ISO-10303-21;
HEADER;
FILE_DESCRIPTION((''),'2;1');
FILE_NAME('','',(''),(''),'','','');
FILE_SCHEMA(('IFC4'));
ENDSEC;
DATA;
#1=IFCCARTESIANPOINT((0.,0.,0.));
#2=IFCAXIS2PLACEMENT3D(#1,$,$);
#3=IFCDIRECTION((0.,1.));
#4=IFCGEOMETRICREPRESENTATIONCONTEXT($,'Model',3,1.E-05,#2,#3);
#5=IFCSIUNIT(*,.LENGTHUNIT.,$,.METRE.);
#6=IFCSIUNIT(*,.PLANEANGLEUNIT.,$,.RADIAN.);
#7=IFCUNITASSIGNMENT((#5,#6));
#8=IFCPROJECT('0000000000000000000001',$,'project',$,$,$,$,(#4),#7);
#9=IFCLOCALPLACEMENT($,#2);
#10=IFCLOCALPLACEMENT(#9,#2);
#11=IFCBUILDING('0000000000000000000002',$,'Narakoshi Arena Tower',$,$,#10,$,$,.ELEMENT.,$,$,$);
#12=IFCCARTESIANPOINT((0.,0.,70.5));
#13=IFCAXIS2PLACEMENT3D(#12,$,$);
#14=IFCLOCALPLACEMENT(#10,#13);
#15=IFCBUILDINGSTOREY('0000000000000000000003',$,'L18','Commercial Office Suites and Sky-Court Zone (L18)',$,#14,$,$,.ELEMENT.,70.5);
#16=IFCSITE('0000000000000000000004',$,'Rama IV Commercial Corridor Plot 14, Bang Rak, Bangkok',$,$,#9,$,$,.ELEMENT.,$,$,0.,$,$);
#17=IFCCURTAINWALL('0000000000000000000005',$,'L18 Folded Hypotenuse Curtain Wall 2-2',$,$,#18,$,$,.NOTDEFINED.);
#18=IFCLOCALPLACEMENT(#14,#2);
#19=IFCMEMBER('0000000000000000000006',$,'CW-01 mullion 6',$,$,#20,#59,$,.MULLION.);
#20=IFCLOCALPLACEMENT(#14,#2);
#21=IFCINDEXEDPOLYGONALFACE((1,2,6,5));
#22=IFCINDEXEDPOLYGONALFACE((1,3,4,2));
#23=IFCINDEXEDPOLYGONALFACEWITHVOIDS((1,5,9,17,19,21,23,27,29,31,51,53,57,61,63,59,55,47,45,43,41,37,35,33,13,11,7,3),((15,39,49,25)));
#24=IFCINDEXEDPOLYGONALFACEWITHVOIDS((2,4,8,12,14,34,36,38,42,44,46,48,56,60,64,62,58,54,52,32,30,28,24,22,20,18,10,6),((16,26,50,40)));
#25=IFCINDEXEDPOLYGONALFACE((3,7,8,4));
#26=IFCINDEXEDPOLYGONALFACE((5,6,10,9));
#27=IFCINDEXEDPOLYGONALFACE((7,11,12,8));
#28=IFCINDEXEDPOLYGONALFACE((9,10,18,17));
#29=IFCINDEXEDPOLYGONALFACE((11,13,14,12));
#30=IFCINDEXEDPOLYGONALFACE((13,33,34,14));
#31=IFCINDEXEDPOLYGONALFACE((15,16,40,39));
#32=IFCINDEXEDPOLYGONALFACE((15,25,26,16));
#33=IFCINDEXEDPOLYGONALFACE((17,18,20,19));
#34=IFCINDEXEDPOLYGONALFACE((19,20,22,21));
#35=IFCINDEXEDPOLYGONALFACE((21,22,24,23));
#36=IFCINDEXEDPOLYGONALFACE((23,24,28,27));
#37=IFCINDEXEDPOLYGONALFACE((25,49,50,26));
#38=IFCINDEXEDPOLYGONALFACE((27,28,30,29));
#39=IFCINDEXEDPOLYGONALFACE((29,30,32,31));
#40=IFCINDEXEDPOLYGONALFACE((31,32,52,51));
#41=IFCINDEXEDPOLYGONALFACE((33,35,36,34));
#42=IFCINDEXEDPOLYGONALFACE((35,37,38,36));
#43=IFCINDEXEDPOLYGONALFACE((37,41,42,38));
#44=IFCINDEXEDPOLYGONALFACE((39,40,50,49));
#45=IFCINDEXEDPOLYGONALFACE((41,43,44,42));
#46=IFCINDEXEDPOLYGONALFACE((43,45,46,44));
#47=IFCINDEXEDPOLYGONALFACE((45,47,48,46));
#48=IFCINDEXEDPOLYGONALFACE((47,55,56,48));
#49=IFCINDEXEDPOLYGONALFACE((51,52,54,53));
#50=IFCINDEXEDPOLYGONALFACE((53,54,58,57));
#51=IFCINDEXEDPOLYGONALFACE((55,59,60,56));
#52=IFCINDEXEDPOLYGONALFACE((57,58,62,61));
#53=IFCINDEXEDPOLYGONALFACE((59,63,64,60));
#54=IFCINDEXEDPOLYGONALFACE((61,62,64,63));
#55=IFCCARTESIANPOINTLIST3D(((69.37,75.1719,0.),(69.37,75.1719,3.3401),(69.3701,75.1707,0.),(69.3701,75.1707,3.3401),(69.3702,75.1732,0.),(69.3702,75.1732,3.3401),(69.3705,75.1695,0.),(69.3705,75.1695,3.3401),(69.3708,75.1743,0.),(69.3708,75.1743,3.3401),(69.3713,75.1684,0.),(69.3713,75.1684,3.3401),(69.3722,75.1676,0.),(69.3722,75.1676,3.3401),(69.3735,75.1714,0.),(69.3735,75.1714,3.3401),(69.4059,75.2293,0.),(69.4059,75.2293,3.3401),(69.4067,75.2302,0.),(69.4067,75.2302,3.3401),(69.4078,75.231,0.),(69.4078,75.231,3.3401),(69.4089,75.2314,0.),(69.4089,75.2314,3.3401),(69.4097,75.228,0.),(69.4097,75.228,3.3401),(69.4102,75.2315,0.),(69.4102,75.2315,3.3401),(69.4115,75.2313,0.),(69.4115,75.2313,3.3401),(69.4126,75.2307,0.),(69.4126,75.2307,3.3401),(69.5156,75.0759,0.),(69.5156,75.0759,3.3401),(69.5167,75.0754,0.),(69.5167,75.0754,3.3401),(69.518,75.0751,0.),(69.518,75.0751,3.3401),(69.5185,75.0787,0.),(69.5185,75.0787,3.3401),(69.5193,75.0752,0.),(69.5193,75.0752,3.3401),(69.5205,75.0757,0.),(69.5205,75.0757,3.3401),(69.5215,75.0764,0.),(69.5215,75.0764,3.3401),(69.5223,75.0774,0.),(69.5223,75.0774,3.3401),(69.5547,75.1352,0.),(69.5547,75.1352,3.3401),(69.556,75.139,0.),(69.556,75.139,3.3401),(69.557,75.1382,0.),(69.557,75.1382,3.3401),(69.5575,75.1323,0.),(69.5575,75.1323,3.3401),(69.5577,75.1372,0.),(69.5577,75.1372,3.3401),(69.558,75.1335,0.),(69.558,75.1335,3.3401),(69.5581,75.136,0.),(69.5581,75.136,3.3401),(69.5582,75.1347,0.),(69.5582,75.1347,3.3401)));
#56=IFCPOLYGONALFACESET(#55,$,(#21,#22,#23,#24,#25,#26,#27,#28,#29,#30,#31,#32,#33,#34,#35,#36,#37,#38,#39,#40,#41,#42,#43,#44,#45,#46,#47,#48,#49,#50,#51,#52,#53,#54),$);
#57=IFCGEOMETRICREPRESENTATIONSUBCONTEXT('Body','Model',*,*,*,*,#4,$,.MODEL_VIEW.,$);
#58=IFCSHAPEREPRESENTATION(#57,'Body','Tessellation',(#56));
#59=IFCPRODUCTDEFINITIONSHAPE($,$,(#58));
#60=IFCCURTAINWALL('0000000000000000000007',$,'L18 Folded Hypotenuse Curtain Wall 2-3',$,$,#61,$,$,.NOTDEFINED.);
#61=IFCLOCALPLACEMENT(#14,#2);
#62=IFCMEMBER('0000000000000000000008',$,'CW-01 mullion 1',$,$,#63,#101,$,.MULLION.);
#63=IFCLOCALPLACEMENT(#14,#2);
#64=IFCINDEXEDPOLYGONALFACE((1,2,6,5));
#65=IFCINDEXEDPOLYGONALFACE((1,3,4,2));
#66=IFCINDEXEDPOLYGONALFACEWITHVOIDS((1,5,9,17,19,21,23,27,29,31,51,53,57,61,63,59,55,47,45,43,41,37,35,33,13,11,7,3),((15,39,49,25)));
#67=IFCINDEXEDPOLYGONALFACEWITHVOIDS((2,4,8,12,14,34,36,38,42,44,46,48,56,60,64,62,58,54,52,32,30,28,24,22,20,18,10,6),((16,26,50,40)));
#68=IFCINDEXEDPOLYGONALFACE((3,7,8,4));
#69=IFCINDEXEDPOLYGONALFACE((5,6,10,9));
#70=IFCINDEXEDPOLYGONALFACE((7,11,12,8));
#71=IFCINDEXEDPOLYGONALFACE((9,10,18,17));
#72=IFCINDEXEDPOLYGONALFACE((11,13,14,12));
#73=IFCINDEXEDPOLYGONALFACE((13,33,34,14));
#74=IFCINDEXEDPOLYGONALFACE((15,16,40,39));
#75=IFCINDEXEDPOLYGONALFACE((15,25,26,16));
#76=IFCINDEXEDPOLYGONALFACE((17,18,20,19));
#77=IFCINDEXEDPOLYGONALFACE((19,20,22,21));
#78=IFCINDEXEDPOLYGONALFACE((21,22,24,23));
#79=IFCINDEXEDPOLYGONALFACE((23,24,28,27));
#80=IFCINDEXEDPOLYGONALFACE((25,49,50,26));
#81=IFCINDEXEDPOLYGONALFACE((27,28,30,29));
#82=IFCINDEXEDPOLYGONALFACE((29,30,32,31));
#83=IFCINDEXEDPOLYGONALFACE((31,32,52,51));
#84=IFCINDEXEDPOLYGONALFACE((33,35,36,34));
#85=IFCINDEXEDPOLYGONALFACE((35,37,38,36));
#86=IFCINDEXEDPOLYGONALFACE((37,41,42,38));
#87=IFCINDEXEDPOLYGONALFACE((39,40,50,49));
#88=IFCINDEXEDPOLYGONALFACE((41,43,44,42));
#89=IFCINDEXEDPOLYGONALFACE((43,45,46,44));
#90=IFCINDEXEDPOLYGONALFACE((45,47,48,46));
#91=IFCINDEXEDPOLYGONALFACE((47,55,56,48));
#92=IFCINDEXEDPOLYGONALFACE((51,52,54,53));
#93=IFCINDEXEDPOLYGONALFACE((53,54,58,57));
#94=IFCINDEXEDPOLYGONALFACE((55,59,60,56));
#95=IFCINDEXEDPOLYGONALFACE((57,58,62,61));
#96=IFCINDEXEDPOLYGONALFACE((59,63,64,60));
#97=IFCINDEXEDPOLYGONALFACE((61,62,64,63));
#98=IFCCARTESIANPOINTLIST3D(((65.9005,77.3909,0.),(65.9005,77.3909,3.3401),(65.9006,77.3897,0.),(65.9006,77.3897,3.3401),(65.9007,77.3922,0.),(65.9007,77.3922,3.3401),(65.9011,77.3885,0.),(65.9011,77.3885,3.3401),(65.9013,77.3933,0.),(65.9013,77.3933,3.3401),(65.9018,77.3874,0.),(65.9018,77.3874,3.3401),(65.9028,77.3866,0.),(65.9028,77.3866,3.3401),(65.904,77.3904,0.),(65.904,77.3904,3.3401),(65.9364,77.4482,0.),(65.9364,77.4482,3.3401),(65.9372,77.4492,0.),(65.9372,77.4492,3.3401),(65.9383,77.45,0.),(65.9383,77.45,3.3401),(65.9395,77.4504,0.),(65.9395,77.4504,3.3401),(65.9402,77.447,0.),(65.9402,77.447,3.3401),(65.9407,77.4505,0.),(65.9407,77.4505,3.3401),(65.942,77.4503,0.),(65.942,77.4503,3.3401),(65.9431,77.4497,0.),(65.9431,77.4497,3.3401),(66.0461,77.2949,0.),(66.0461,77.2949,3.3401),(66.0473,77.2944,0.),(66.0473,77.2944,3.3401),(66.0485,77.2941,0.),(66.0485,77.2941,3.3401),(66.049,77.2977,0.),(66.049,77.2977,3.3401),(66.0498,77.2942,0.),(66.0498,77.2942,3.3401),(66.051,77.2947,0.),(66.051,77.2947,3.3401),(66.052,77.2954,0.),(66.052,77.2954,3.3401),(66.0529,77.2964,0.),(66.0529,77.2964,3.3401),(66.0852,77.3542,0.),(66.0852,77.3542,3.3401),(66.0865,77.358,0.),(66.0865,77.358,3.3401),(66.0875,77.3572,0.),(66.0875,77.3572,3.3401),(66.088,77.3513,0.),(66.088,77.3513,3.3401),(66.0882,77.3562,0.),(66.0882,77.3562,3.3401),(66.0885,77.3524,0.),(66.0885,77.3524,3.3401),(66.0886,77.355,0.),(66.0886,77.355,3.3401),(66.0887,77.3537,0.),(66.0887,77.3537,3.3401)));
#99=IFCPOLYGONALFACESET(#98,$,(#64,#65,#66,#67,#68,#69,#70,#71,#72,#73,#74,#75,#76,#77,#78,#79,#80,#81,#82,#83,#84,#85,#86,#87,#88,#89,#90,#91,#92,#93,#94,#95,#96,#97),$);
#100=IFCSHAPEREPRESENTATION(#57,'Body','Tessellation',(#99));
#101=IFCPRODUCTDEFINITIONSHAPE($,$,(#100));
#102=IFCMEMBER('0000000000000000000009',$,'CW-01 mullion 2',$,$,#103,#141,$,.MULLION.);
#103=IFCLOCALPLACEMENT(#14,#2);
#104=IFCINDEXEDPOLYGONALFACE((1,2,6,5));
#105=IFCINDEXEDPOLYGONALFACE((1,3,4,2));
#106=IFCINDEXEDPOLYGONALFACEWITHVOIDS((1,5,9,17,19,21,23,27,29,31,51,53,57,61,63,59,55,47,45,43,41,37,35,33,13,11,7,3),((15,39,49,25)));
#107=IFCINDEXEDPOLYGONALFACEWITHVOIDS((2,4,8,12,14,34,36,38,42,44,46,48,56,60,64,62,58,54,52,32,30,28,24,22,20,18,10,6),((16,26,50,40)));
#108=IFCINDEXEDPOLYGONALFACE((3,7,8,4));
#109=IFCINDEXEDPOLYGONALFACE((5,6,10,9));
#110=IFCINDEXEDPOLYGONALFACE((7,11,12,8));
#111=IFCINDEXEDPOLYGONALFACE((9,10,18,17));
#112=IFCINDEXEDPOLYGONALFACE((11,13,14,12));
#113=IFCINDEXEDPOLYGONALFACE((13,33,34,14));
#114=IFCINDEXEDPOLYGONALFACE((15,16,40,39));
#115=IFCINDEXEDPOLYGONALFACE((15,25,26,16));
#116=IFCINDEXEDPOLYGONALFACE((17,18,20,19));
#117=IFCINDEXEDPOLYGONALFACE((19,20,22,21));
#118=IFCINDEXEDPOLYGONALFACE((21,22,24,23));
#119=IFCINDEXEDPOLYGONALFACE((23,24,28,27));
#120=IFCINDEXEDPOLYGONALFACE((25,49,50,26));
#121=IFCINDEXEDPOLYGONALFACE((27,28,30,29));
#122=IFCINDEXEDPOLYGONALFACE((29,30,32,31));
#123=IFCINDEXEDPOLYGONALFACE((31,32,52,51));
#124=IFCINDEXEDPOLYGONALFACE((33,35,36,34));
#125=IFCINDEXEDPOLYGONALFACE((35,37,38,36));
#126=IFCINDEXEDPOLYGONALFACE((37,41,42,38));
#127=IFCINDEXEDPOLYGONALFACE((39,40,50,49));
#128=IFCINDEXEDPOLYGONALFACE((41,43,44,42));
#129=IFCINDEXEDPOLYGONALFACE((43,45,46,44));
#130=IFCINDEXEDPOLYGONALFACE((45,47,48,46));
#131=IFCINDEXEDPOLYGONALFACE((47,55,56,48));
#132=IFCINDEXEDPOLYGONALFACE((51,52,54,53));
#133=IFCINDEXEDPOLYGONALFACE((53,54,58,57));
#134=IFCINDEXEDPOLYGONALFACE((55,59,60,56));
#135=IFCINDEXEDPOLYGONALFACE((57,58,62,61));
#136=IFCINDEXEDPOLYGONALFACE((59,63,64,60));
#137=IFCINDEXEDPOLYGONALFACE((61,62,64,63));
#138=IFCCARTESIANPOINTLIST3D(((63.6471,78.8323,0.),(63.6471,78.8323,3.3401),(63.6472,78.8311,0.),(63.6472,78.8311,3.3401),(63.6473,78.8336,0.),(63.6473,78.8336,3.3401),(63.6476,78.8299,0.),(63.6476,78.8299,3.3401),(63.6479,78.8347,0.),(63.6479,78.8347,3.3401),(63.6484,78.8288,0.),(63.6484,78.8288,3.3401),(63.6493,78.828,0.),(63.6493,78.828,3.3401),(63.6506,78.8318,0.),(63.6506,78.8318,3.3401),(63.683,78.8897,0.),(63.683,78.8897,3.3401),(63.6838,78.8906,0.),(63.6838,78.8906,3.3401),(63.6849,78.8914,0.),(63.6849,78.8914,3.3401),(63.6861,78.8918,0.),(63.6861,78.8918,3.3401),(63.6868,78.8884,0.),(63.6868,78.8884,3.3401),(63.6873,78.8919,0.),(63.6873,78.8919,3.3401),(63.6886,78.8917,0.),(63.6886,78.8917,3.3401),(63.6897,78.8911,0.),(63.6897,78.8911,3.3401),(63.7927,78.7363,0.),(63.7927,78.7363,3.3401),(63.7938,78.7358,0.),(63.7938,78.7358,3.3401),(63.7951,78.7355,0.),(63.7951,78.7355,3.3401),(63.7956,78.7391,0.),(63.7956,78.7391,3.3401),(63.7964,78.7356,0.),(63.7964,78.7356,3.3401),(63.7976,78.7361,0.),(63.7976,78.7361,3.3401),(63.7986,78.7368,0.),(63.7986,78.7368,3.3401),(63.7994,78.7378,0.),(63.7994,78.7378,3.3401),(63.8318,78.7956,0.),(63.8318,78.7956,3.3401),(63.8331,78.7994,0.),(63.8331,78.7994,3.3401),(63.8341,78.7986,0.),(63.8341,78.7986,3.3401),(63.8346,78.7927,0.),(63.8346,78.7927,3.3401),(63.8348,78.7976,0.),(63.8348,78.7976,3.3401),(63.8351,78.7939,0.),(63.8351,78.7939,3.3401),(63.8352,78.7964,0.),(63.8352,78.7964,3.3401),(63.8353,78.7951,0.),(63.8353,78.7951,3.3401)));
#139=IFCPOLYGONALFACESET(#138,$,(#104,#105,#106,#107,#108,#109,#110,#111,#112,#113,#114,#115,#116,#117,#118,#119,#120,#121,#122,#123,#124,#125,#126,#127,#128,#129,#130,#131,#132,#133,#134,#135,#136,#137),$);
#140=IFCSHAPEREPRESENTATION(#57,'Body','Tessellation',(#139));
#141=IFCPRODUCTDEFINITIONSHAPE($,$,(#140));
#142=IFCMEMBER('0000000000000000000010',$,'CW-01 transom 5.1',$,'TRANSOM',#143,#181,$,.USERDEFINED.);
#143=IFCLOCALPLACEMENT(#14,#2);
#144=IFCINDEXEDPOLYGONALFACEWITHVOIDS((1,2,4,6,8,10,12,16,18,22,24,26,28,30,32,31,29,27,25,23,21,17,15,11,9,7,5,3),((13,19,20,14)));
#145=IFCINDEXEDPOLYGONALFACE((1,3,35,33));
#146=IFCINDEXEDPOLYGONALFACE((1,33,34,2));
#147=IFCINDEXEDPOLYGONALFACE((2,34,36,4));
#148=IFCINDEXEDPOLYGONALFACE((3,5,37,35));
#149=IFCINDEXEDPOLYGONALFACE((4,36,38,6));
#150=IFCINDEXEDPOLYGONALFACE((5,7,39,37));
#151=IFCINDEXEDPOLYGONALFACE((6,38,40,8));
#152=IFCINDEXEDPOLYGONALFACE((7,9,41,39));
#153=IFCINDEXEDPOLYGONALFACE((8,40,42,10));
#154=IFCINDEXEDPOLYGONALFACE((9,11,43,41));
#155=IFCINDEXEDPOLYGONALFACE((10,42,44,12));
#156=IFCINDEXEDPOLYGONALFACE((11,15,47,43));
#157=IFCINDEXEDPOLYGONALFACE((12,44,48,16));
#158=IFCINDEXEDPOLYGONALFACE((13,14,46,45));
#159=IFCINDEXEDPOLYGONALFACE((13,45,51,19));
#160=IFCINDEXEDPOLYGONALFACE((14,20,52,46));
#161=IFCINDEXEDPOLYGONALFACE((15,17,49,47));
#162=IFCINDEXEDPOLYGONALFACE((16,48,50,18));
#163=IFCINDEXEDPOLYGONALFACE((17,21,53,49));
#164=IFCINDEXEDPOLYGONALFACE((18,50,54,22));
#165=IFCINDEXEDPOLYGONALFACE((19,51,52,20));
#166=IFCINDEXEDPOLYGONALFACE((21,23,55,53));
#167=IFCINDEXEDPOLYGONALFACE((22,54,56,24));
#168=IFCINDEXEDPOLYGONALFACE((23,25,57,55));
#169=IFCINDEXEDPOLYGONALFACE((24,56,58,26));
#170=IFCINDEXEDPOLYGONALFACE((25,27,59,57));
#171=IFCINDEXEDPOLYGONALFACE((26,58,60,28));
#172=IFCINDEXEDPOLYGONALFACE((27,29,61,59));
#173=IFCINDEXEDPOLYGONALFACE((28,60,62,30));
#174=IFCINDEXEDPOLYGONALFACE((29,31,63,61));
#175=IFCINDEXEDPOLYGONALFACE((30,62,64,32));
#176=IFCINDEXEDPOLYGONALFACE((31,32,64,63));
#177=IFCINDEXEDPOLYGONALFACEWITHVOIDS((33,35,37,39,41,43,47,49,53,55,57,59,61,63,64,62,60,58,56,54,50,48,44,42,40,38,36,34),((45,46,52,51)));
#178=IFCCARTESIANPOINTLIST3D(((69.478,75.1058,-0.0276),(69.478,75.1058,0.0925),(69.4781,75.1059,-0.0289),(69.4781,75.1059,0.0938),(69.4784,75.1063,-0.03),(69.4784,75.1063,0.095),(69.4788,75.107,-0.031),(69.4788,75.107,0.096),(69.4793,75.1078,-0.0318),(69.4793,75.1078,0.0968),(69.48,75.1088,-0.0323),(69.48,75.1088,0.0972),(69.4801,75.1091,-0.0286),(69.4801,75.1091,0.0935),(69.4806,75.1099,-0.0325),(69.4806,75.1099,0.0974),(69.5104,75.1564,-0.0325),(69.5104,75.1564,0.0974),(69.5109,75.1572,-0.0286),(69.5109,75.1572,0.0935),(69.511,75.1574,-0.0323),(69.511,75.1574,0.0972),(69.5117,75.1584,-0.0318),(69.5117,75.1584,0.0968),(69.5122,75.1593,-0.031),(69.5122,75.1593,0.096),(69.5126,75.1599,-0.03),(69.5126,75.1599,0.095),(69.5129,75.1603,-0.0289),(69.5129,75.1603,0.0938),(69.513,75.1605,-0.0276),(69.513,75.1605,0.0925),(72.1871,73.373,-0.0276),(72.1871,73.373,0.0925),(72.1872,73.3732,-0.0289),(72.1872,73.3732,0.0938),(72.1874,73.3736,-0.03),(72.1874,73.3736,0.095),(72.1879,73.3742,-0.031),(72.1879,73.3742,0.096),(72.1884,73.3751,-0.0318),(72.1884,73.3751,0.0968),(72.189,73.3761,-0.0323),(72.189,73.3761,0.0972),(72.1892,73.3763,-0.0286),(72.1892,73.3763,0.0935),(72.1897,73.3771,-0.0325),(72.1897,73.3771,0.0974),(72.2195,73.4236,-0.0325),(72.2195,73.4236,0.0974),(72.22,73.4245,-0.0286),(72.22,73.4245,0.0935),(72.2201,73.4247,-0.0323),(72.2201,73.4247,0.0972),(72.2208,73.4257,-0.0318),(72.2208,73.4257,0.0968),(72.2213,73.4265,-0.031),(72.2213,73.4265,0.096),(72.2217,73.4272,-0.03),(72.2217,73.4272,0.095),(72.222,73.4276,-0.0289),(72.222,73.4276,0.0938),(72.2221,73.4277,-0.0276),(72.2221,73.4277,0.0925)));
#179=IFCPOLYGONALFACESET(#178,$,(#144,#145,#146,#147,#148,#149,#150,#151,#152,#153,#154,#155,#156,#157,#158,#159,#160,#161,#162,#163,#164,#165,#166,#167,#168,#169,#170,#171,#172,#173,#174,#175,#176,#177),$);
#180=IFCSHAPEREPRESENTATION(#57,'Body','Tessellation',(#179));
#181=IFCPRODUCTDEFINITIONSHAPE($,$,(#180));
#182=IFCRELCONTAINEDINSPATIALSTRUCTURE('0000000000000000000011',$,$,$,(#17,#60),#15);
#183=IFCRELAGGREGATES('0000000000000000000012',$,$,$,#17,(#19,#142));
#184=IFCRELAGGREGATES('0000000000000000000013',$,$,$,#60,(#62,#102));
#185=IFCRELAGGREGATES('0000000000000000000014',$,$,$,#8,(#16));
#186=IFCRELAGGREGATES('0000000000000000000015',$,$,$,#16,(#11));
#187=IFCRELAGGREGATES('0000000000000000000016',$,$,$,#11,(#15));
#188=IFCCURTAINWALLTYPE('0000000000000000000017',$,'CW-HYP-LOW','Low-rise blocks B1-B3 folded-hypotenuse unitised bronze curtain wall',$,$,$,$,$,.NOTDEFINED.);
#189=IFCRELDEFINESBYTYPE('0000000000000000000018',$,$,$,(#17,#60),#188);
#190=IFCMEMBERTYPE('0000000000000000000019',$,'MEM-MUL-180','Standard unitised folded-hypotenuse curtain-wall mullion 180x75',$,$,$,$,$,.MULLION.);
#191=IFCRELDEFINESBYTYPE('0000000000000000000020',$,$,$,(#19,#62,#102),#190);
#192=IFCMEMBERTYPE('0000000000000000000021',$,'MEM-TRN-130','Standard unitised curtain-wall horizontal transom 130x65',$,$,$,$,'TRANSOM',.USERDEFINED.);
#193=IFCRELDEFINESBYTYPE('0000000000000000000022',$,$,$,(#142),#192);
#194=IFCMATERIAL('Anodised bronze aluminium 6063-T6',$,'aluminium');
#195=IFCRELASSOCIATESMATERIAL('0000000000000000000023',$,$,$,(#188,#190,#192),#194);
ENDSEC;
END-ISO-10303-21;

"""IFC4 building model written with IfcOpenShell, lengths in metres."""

from ifc_helpers import new_model, si_unit, direction, frame, origin, origin_2d, place, context, subcontext, project, spatial, hollow_rectangle, extrude, material, material_profile, profile_set, type_object, element, aggregate, save


model = new_model("IFC4")

# Units and contexts
model_context = context("Model", 3, precision=1e-05, world=origin(), true_north=direction((0.0, 1.0)))
body_context = subcontext(model_context, "Body", "Model", "MODEL_VIEW")
ifc_project = project(units=[si_unit("LENGTHUNIT", "METRE"), si_unit("PLANEANGLEUNIT", "RADIAN")], contexts=[model_context])

# Site, building, storey
site_placement = place(None, origin())
site = spatial("IfcSite", under=ifc_project, at=site_placement, Name="Rama IV Commercial Corridor Plot 14, Bang Rak, Bangkok", CompositionType="ELEMENT", RefElevation=0.0)
building_placement = place(site_placement, origin())
building = spatial("IfcBuilding", under=site, at=building_placement, Name="Narakoshi Arena Tower", CompositionType="ELEMENT")
storey_placement = place(building_placement, frame((0.0, 0.0, 70.5)))
storey = spatial("IfcBuildingStorey", under=building, at=storey_placement, Name="L18", Description="Commercial Office Suites and Sky-Court Zone (L18)", CompositionType="ELEMENT", Elevation=70.5)

# Curtain wall, member
ifc_material_1 = material(Name="Anodised bronze aluminium 6063-T6", Category="aluminium")
curtain_wall_type = type_object("IfcCurtainWallType", Name="CW-HYP-LOW", Description="Low-rise blocks B1-B3 folded-hypotenuse unitised bronze curtain wall", PredefinedType="NOTDEFINED", material=ifc_material_1)
curtain_wall_1_placement = place(storey_placement, origin())
curtain_wall_1 = element("IfcCurtainWall", 1, at=curtain_wall_1_placement, inside=storey, type_object=curtain_wall_type, Name="L18 Folded Hypotenuse Curtain Wall 2-2", PredefinedType="NOTDEFINED")
ifc_material_profile_1 = material_profile(ifc_material_1, hollow_rectangle(XDim=0.075, YDim=0.1799, WallThickness=0.0039, OuterFilletRadius=0.0049, at=origin_2d()), Name="MUL180x75x4")
ifc_profile_set_1 = profile_set([ifc_material_profile_1], Name="Anodised bronze aluminium 6063-T6")
member_type_1 = type_object("IfcMemberType", Name="MEM-MUL-180", Description="Standard unitised folded-hypotenuse curtain-wall mullion 180x75", PredefinedType="MULLION", material=ifc_profile_set_1)
member_1_placement = place(storey_placement, frame((69.4641, 75.1533, 0.0), z_axis=(0.0, 0.0, 1.0), x_axis=(-0.538829, -0.842415, 0.0)))
member_1 = element("IfcMember", 2, at=member_1_placement, type_object=member_type_1, Name="CW-01 mullion 6", PredefinedType="MULLION", context=body_context, shape_type="SweptSolid", body=[
    extrude(hollow_rectangle(XDim=0.075, YDim=0.1799, WallThickness=0.0039, OuterFilletRadius=0.0049, at=origin_2d()), origin(), (0.0, 0.0, 1.0), 3.3401),
])

# Curtain wall, members
curtain_wall_2_placement = place(storey_placement, origin())
curtain_wall_2 = element("IfcCurtainWall", 3, at=curtain_wall_2_placement, inside=storey, type_object=curtain_wall_type, Name="L18 Folded Hypotenuse Curtain Wall 2-3", PredefinedType="NOTDEFINED")
member_2_placement = place(storey_placement, frame((65.9946, 77.3723, 0.0), z_axis=(0.0, 0.0, 1.0), x_axis=(-0.538841, -0.842407, 0.0)))
member_2 = element("IfcMember", 4, at=member_2_placement, type_object=member_type_1, Name="CW-01 mullion 1", PredefinedType="MULLION", context=body_context, shape_type="SweptSolid", body=[
    extrude(hollow_rectangle(XDim=0.075, YDim=0.1799, WallThickness=0.0039, OuterFilletRadius=0.0049, at=origin_2d()), origin(), (0.0, 0.0, 1.0), 3.3401),
])
member_3_placement = place(storey_placement, frame((63.7412, 78.8137, 0.0), z_axis=(0.0, 0.0, 1.0), x_axis=(-0.538841, -0.842407, 0.0)))
member_3 = element("IfcMember", 5, at=member_3_placement, type_object=member_type_1, Name="CW-01 mullion 2", PredefinedType="MULLION", context=body_context, shape_type="SweptSolid", body=[
    extrude(hollow_rectangle(XDim=0.075, YDim=0.1799, WallThickness=0.0039, OuterFilletRadius=0.0049, at=origin_2d()), origin(), (0.0, 0.0, 1.0), 3.3401),
])

# Member
ifc_material_profile_2 = material_profile(ifc_material_1, hollow_rectangle(XDim=0.0649, YDim=0.1299, WallThickness=0.0039, OuterFilletRadius=0.0049, at=origin_2d()), Name="TRN130x65x4")
ifc_profile_set_2 = profile_set([ifc_material_profile_2], Name="Anodised bronze aluminium 6063-T6")
member_type_2 = type_object("IfcMemberType", Name="MEM-TRN-130", Description="Standard unitised curtain-wall horizontal transom 130x65", ElementType="TRANSOM", PredefinedType="USERDEFINED", material=ifc_profile_set_2)
member_4_placement = place(storey_placement, frame((72.2046, 73.4004, 0.0325), z_axis=(-0.842424, 0.538815, 0.0), x_axis=(-0.538815, -0.842424, 0.0)))
member_4 = element("IfcMember", 6, at=member_4_placement, type_object=member_type_2, Name="CW-01 transom 5.1", ObjectType="TRANSOM", PredefinedType="USERDEFINED", context=body_context, shape_type="SweptSolid", body=[
    extrude(hollow_rectangle(XDim=0.0649, YDim=0.1299, WallThickness=0.0039, OuterFilletRadius=0.0049, at=origin_2d()), origin(), (0.0, 0.0, 1.0), 3.2158),
])

aggregate(curtain_wall_1, [member_1, member_4])
aggregate(curtain_wall_2, [member_2, member_3])

save(model, "model.ifc")
